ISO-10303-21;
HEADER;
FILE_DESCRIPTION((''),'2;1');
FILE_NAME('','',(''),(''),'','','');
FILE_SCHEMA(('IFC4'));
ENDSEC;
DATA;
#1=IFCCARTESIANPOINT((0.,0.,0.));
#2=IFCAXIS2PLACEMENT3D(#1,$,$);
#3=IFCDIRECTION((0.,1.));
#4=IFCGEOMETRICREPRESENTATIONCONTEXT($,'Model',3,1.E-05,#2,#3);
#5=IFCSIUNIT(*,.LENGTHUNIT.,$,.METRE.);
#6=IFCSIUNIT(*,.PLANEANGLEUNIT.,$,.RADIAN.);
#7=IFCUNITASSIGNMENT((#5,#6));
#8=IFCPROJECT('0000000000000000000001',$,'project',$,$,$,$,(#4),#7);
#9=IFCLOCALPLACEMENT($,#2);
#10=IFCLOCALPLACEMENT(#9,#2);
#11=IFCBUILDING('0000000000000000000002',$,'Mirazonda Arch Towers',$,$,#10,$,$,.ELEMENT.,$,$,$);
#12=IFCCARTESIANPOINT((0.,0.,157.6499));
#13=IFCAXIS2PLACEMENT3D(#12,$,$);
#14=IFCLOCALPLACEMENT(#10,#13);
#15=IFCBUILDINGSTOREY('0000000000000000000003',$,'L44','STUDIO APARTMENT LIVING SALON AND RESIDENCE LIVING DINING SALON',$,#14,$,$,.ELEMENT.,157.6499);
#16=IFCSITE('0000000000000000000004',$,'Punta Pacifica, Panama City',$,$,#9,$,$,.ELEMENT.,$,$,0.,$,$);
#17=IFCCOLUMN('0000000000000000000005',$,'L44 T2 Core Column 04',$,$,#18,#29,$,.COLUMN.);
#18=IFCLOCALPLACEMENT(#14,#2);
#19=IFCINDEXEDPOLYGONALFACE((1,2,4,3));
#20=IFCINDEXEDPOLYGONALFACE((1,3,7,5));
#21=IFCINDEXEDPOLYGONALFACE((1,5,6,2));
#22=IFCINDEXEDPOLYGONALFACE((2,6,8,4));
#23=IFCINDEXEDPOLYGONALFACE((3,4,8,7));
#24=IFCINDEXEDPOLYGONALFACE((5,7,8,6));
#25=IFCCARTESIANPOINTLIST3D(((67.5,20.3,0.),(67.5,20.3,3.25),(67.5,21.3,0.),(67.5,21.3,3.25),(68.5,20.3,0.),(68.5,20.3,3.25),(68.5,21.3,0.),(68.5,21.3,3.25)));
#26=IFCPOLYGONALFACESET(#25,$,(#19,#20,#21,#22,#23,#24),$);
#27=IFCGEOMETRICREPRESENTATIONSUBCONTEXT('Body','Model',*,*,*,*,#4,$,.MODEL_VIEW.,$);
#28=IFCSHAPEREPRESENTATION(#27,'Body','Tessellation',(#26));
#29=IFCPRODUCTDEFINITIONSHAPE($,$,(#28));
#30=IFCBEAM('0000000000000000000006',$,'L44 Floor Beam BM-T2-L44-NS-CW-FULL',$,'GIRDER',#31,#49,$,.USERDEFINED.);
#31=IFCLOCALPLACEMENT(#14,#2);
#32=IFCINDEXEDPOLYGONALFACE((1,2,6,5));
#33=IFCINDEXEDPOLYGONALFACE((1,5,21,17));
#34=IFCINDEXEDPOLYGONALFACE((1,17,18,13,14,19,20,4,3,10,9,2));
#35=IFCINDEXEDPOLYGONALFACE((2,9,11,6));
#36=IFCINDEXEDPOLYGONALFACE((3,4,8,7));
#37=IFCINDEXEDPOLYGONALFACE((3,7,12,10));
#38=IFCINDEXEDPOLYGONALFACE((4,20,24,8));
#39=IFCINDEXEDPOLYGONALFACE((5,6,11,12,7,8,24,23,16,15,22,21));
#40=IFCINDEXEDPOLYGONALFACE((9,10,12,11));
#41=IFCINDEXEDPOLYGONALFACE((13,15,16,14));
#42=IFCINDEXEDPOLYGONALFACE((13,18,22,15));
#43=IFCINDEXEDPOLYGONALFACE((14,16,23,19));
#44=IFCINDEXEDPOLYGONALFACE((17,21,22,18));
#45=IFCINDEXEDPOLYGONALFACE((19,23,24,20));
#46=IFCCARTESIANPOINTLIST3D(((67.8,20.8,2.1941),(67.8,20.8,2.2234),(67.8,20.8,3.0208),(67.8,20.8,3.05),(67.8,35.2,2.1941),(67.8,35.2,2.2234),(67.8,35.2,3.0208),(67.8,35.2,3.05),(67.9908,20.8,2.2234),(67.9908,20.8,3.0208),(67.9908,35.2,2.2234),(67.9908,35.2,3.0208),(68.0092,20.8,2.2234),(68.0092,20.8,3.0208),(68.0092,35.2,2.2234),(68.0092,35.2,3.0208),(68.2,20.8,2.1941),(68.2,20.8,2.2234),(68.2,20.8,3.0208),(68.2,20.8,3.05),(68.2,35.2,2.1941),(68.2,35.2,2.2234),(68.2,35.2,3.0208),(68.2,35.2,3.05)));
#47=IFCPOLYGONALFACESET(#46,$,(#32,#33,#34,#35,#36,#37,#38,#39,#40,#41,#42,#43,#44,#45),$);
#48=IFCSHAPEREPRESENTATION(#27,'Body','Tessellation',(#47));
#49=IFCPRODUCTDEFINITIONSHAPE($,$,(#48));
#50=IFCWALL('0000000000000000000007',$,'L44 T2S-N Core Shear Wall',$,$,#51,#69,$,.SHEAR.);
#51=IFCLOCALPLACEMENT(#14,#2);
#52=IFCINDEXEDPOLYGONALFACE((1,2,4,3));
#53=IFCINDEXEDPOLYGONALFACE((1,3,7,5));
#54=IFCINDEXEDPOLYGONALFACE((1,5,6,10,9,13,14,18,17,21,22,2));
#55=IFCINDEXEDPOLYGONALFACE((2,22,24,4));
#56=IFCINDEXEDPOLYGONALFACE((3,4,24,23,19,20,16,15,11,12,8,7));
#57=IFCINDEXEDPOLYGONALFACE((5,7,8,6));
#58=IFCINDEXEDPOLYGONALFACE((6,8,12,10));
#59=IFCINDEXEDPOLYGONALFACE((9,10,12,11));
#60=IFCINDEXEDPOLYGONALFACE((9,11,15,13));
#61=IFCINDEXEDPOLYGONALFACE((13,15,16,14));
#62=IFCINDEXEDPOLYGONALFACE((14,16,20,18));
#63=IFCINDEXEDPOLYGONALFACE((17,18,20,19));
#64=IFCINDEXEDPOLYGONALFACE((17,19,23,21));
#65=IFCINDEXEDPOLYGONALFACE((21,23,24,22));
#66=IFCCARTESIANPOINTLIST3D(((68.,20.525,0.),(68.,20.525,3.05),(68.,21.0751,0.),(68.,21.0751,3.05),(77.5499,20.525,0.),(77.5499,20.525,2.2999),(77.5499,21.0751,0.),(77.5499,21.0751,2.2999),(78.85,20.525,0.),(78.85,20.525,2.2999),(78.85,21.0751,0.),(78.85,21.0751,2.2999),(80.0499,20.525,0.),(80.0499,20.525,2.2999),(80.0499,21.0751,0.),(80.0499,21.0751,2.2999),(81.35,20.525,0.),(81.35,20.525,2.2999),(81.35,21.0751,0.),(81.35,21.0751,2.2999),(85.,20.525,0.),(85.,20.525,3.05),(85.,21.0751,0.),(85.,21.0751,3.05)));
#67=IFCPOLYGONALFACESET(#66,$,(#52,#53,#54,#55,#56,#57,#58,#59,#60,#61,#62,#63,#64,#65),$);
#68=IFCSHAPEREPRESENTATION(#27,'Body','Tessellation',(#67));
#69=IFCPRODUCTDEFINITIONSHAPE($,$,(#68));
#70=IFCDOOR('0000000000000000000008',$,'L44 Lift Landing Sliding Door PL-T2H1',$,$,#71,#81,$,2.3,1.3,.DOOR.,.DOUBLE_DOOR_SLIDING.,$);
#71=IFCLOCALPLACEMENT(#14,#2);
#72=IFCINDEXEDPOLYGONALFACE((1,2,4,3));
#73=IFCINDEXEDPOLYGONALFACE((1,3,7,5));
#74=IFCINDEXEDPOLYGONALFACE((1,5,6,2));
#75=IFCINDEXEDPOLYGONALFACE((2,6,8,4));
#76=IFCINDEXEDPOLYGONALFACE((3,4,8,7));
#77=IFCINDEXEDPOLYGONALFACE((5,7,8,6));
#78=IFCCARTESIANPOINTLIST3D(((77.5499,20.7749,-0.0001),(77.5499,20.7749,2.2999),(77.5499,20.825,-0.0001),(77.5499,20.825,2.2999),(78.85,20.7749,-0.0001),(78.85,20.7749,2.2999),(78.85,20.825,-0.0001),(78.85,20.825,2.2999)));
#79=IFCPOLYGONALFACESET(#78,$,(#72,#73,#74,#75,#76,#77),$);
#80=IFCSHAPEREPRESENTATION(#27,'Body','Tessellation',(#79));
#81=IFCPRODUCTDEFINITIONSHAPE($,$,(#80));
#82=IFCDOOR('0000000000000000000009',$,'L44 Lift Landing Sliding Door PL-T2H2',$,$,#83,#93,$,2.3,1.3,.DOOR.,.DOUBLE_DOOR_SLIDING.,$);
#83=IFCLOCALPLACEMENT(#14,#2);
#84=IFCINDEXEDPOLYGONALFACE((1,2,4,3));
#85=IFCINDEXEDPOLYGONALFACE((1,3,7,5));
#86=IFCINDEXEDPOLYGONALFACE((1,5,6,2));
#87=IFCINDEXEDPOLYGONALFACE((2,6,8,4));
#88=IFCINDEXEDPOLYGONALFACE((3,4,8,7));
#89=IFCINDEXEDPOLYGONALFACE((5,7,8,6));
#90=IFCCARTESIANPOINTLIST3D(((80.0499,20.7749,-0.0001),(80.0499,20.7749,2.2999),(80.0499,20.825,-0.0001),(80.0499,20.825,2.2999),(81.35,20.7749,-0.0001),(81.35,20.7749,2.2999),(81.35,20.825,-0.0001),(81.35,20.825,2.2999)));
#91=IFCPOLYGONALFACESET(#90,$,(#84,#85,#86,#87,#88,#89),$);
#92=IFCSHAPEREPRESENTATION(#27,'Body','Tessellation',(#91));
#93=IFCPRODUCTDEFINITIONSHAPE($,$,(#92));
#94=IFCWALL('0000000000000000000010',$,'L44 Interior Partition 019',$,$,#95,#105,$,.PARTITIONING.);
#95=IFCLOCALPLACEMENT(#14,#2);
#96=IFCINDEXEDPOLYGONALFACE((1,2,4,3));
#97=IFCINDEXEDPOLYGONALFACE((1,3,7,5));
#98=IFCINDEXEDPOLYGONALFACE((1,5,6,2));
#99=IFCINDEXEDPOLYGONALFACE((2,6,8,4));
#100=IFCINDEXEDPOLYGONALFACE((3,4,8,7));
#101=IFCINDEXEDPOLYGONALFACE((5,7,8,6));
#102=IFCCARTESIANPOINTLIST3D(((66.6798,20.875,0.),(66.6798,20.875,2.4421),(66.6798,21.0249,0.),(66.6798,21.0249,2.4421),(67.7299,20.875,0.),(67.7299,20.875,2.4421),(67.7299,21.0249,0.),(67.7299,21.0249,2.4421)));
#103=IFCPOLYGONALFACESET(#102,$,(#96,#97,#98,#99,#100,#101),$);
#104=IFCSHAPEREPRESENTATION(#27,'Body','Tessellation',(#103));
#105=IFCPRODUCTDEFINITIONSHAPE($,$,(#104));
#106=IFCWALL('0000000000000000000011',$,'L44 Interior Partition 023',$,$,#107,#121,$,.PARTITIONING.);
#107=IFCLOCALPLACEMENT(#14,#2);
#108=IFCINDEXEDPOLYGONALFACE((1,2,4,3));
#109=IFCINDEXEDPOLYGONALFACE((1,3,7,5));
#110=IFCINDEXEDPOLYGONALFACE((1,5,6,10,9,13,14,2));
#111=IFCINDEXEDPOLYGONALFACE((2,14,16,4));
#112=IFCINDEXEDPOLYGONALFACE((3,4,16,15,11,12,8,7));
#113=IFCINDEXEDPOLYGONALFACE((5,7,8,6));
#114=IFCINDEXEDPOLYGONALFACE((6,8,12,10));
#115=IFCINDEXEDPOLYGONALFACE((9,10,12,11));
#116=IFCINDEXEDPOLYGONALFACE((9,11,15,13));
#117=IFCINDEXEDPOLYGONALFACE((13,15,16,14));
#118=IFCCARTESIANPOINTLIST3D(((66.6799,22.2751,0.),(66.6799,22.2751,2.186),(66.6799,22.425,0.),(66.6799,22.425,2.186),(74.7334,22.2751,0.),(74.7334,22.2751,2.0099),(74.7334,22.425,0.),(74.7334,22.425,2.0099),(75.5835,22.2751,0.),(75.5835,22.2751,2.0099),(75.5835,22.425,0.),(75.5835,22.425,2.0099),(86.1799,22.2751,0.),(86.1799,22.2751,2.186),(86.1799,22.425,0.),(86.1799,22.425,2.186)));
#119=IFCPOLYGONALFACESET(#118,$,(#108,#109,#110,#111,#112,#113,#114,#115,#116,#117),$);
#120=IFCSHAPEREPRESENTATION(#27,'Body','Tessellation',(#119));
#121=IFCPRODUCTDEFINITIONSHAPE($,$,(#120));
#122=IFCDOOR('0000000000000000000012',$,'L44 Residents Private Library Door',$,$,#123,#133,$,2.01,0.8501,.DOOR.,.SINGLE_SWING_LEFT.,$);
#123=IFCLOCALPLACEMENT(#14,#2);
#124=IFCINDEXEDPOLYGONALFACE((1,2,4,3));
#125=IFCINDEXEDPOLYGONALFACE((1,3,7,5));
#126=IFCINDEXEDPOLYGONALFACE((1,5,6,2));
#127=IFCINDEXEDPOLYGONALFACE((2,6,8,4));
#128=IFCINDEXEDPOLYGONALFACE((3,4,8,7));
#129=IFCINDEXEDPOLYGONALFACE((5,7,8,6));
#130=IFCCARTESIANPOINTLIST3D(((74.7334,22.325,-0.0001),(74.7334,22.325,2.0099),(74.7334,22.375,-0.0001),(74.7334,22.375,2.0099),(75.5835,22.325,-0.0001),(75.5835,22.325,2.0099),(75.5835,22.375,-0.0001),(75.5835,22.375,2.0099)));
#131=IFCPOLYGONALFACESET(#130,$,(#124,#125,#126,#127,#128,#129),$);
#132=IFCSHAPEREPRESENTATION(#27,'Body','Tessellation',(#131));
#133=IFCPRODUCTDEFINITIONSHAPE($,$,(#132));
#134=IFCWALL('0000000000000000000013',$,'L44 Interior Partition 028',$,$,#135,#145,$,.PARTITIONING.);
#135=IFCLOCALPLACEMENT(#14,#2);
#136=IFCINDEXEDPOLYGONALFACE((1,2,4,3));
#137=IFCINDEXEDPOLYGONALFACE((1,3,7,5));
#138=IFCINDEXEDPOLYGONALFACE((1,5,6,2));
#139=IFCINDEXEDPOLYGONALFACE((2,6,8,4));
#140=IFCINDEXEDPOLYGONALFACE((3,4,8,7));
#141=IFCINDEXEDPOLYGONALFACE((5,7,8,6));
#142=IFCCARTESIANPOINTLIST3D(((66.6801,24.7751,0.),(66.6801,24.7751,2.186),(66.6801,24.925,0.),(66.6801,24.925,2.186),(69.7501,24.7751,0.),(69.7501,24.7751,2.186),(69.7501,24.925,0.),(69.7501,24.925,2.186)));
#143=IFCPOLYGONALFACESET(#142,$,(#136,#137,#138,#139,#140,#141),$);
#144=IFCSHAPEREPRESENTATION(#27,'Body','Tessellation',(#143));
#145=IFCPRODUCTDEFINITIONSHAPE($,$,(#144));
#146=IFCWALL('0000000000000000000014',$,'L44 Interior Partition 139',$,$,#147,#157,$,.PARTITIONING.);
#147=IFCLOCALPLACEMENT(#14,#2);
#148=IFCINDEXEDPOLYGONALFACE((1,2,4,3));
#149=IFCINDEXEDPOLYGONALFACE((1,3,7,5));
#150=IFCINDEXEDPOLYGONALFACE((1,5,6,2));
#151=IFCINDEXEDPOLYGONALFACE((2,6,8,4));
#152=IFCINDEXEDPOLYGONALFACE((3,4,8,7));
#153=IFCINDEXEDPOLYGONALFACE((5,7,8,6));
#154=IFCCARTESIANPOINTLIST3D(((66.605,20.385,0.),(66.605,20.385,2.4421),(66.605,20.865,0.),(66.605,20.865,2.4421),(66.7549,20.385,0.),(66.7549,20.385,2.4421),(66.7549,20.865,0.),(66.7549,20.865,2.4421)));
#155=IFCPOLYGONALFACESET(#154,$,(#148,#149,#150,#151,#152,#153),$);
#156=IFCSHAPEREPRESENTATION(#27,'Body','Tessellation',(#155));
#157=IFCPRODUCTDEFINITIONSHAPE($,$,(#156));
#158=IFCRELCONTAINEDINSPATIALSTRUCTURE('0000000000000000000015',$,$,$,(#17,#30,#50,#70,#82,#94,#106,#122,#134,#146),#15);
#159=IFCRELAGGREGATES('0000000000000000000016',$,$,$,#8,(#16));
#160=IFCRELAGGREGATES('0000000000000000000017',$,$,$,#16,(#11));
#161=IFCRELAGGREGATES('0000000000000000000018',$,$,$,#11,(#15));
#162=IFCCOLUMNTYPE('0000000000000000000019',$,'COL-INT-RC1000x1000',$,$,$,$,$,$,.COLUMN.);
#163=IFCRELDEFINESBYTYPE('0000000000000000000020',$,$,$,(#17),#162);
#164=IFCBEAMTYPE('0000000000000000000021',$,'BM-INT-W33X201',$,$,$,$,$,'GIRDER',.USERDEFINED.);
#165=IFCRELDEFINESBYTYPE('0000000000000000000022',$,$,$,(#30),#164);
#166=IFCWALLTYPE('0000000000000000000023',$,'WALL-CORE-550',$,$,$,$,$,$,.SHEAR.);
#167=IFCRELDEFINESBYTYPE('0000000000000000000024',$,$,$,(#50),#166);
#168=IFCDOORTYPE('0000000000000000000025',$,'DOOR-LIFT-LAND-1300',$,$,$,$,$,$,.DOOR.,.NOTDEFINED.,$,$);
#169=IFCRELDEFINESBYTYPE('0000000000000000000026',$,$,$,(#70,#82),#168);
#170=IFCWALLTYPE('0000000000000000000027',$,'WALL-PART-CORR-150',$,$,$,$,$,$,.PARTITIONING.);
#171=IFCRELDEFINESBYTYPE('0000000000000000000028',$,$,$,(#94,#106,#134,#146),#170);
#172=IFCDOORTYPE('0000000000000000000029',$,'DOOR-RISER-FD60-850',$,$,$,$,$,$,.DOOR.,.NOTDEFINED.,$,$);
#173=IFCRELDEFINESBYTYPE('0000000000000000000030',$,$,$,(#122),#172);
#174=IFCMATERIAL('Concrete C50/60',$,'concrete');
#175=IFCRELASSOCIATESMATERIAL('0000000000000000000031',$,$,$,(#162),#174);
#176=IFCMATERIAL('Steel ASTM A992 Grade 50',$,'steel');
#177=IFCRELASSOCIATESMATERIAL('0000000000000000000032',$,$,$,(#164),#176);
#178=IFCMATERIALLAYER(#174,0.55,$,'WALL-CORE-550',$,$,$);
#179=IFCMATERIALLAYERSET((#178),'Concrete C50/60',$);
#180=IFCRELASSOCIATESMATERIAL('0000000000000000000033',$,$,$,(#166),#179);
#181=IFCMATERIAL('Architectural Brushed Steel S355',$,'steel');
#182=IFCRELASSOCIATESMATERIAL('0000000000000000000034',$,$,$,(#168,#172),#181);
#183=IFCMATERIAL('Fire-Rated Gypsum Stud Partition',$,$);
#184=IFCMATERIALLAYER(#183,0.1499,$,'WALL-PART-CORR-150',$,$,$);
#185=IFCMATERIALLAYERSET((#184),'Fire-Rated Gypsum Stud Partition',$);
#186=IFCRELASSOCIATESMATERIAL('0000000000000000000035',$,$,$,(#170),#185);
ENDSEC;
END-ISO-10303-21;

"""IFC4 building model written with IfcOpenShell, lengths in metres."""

from ifc_helpers import new_model, si_unit, direction, frame, frame_2d, origin, origin_2d, place, context, subcontext, project, spatial, rectangle, i_section, extrude, material, layer, layer_set, material_profile, profile_set, type_object, element, fill, save


model = new_model("IFC4")

# Units and contexts
model_context = context("Model", 3, precision=1e-05, world=origin(), true_north=direction((0.0, 1.0)))
body_context = subcontext(model_context, "Body", "Model", "MODEL_VIEW")
ifc_project = project(units=[si_unit("LENGTHUNIT", "METRE"), si_unit("PLANEANGLEUNIT", "RADIAN")], contexts=[model_context])

# Site, building, storey
site_placement = place(None, origin())
site = spatial("IfcSite", under=ifc_project, at=site_placement, Name="Punta Pacifica, Panama City", CompositionType="ELEMENT", RefElevation=0.0)
building_placement = place(site_placement, origin())
building = spatial("IfcBuilding", under=site, at=building_placement, Name="Mirazonda Arch Towers", CompositionType="ELEMENT")
storey_placement = place(building_placement, frame((0.0, 0.0, 157.6499)))
storey = spatial("IfcBuildingStorey", under=building, at=storey_placement, Name="L44", Description="STUDIO APARTMENT LIVING SALON AND RESIDENCE LIVING DINING SALON", CompositionType="ELEMENT", Elevation=157.6499)

# Column
ifc_material_1 = material(Name="Concrete C50/60", Category="concrete")
ifc_material_profile_1 = material_profile(ifc_material_1, rectangle(XDim=1.0, YDim=1.0, at=origin_2d()), Name="RC1000x1000")
ifc_profile_set_1 = profile_set([ifc_material_profile_1], Name="Concrete C50/60")
column_type = type_object("IfcColumnType", Name="COL-INT-RC1000x1000", PredefinedType="COLUMN", material=ifc_profile_set_1)
column_placement = place(storey_placement, frame((68.0, 20.8, 0.0), z_axis=(0.0, 0.0, 1.0), x_axis=(1.0, 0.0, 0.0)))
element("IfcColumn", 1, at=column_placement, inside=storey, type_object=column_type, Name="L44 T2 Core Column 04", PredefinedType="COLUMN", context=body_context, shape_type="SweptSolid", body=[
    extrude(rectangle(XDim=1.0, YDim=1.0, at=origin_2d()), origin(), (0.0, 0.0, 1.0), 3.25),
])

# Beam
ifc_material_2 = material(Name="Steel ASTM A992 Grade 50", Category="steel")
ifc_material_profile_2 = material_profile(ifc_material_2, i_section(OverallWidth=0.3999, OverallDepth=0.856, WebThickness=0.0183, FlangeThickness=0.0293, at=origin_2d()), Name="W33X201")
ifc_profile_set_2 = profile_set([ifc_material_profile_2], Name="Steel ASTM A992 Grade 50")
beam_type = type_object("IfcBeamType", Name="BM-INT-W33X201", ElementType="GIRDER", PredefinedType="USERDEFINED", material=ifc_profile_set_2)
beam_placement = place(storey_placement, frame((68.0, 20.8, 2.6221), z_axis=(0.0, 1.0, 0.0), x_axis=(-1.0, 0.0, 0.0)))
element("IfcBeam", 2, at=beam_placement, inside=storey, type_object=beam_type, Name="L44 Floor Beam BM-T2-L44-NS-CW-FULL", ObjectType="GIRDER", PredefinedType="USERDEFINED", context=body_context, shape_type="SweptSolid", body=[
    extrude(i_section(OverallWidth=0.3999, OverallDepth=0.856, WebThickness=0.0183, FlangeThickness=0.0293, at=origin_2d()), origin(), (0.0, 0.0, 1.0), 14.3999),
])

# Wall, openings, doors
ifc_layer_1 = layer(ifc_material_1, 0.55, Name="WALL-CORE-550")
ifc_layer_set_1 = layer_set([ifc_layer_1], Name="Concrete C50/60")
wall_type_1 = type_object("IfcWallType", Name="WALL-CORE-550", PredefinedType="SHEAR", material=ifc_layer_set_1)
wall_1_placement = place(storey_placement, frame((68.0, 20.8, 0.0), z_axis=(0.0, 0.0, 1.0), x_axis=(1.0, 0.0, 0.0)))
wall_1 = element("IfcWall", 3, at=wall_1_placement, inside=storey, type_object=wall_type_1, Name="L44 T2S-N Core Shear Wall", PredefinedType="SHEAR", context=body_context, shape_type="SweptSolid", body=[
    extrude(rectangle(XDim=17.0, YDim=0.55, at=frame_2d((8.5, 0.0))), origin(), (0.0, 0.0, 1.0), 3.05),
])
opening_1_placement = place(wall_1_placement, frame((9.55, 0.0, 0.0)))
opening_1 = element("IfcOpeningElement", 4, at=opening_1_placement, cuts=wall_1, PredefinedType="OPENING", context=body_context, shape_type="SweptSolid", body=[
    extrude(rectangle(XDim=1.3, YDim=2.3, at=frame_2d((0.6499, 1.1499))), frame((0.0, 0.2849, 0.0), z_axis=(0.0, -1.0, 0.0), x_axis=(1.0, 0.0, 0.0)), (0.0, 0.0, 1.0), 0.5701),
])
opening_2_placement = place(wall_1_placement, frame((12.05, 0.0, 0.0)))
opening_2 = element("IfcOpeningElement", 5, at=opening_2_placement, cuts=wall_1, PredefinedType="OPENING", context=body_context, shape_type="SweptSolid", body=[
    extrude(rectangle(XDim=1.3, YDim=2.3, at=frame_2d((0.6499, 1.1499))), frame((0.0, 0.2849, 0.0), z_axis=(0.0, -1.0, 0.0), x_axis=(1.0, 0.0, 0.0)), (0.0, 0.0, 1.0), 0.5701),
])
ifc_material_3 = material(Name="Architectural Brushed Steel S355", Category="steel")
door_type_1 = type_object("IfcDoorType", Name="DOOR-LIFT-LAND-1300", OperationType="NOTDEFINED", PredefinedType="DOOR", material=ifc_material_3)
door_1_placement = place(opening_1_placement, origin())
door_1 = element("IfcDoor", 6, at=door_1_placement, inside=storey, type_object=door_type_1, Name="L44 Lift Landing Sliding Door PL-T2H1", OperationType="DOUBLE_DOOR_SLIDING", OverallHeight=2.3, OverallWidth=1.3, PredefinedType="DOOR", context=body_context, shape_type="SweptSolid", body=[
    extrude(rectangle(XDim=1.3, YDim=2.3, at=frame_2d((0.6499, 1.1499))), frame((0.0, 0.0249, 0.0), z_axis=(0.0, -1.0, 0.0), x_axis=(1.0, 0.0, 0.0)), (0.0, 0.0, 1.0), 0.05),
])
fill(opening_1, door_1)
door_2_placement = place(opening_2_placement, origin())
door_2 = element("IfcDoor", 7, at=door_2_placement, inside=storey, type_object=door_type_1, Name="L44 Lift Landing Sliding Door PL-T2H2", OperationType="DOUBLE_DOOR_SLIDING", OverallHeight=2.3, OverallWidth=1.3, PredefinedType="DOOR", context=body_context, shape_type="SweptSolid", body=[
    extrude(rectangle(XDim=1.3, YDim=2.3, at=frame_2d((0.6499, 1.1499))), frame((0.0, 0.0249, 0.0), z_axis=(0.0, -1.0, 0.0), x_axis=(1.0, 0.0, 0.0)), (0.0, 0.0, 1.0), 0.05),
])
fill(opening_2, door_2)

# Wall
ifc_material_4 = material(Name="Fire-Rated Gypsum Stud Partition")
ifc_layer_2 = layer(ifc_material_4, 0.1499, Name="WALL-PART-CORR-150")
ifc_layer_set_2 = layer_set([ifc_layer_2], Name="Fire-Rated Gypsum Stud Partition")
wall_type_2 = type_object("IfcWallType", Name="WALL-PART-CORR-150", PredefinedType="PARTITIONING", material=ifc_layer_set_2)
wall_2_placement = place(storey_placement, frame((66.6799, 20.95, 0.0), z_axis=(0.0, 0.0, 1.0), x_axis=(1.0, 0.0, 0.0)))
element("IfcWall", 8, at=wall_2_placement, inside=storey, type_object=wall_type_2, Name="L44 Interior Partition 019", PredefinedType="PARTITIONING", context=body_context, shape_type="SweptSolid", body=[
    extrude(rectangle(XDim=1.05, YDim=0.1499, at=frame_2d((0.5249, 0.0))), origin(), (0.0, 0.0, 1.0), 2.4421),
])

# Wall, opening, door
wall_3_placement = place(storey_placement, frame((66.6799, 22.3501, 0.0), z_axis=(0.0, 0.0, 1.0), x_axis=(1.0, 0.0, 0.0)))
wall_3 = element("IfcWall", 9, at=wall_3_placement, inside=storey, type_object=wall_type_2, Name="L44 Interior Partition 023", PredefinedType="PARTITIONING", context=body_context, shape_type="SweptSolid", body=[
    extrude(rectangle(XDim=19.5, YDim=0.1499, at=frame_2d((9.75, 0.0))), origin(), (0.0, 0.0, 1.0), 2.186),
])
opening_3_placement = place(wall_3_placement, frame((8.0535, 0.0, 0.0)))
opening_3 = element("IfcOpeningElement", 10, at=opening_3_placement, cuts=wall_3, PredefinedType="OPENING", context=body_context, shape_type="SweptSolid", body=[
    extrude(rectangle(XDim=0.8501, YDim=2.01, at=frame_2d((0.425, 1.0049))), frame((0.0, 0.085, 0.0), z_axis=(0.0, -1.0, 0.0), x_axis=(1.0, 0.0, 0.0)), (0.0, 0.0, 1.0), 0.1699),
])
door_type_2 = type_object("IfcDoorType", Name="DOOR-RISER-FD60-850", OperationType="NOTDEFINED", PredefinedType="DOOR", material=ifc_material_3)
door_3_placement = place(opening_3_placement, origin())
door_3 = element("IfcDoor", 11, at=door_3_placement, inside=storey, type_object=door_type_2, Name="L44 Residents Private Library Door", OperationType="SINGLE_SWING_LEFT", OverallHeight=2.01, OverallWidth=0.8501, PredefinedType="DOOR", context=body_context, shape_type="SweptSolid", body=[
    extrude(rectangle(XDim=0.8501, YDim=2.01, at=frame_2d((0.425, 1.0049))), frame((0.0, 0.0249, 0.0), z_axis=(0.0, -1.0, 0.0), x_axis=(1.0, 0.0, 0.0)), (0.0, 0.0, 1.0), 0.05),
])
fill(opening_3, door_3)

# Walls
wall_4_placement = place(storey_placement, frame((66.6799, 24.8501, 0.0), z_axis=(0.0, 0.0, 1.0), x_axis=(1.0, 0.0, 0.0)))
element("IfcWall", 12, at=wall_4_placement, inside=storey, type_object=wall_type_2, Name="L44 Interior Partition 028", PredefinedType="PARTITIONING", context=body_context, shape_type="SweptSolid", body=[
    extrude(rectangle(XDim=3.0701, YDim=0.1499, at=frame_2d((1.5352, 0.0))), origin(), (0.0, 0.0, 1.0), 2.186),
])
wall_5_placement = place(storey_placement, frame((66.6799, 20.385, 0.0), z_axis=(0.0, 0.0, 1.0), x_axis=(0.0, 1.0, 0.0)))
element("IfcWall", 13, at=wall_5_placement, inside=storey, type_object=wall_type_2, Name="L44 Interior Partition 139", PredefinedType="PARTITIONING", context=body_context, shape_type="SweptSolid", body=[
    extrude(rectangle(XDim=0.48, YDim=0.1499, at=frame_2d((0.24, 0.0))), origin(), (0.0, 0.0, 1.0), 2.4421),
])

save(model, "model.ifc")
